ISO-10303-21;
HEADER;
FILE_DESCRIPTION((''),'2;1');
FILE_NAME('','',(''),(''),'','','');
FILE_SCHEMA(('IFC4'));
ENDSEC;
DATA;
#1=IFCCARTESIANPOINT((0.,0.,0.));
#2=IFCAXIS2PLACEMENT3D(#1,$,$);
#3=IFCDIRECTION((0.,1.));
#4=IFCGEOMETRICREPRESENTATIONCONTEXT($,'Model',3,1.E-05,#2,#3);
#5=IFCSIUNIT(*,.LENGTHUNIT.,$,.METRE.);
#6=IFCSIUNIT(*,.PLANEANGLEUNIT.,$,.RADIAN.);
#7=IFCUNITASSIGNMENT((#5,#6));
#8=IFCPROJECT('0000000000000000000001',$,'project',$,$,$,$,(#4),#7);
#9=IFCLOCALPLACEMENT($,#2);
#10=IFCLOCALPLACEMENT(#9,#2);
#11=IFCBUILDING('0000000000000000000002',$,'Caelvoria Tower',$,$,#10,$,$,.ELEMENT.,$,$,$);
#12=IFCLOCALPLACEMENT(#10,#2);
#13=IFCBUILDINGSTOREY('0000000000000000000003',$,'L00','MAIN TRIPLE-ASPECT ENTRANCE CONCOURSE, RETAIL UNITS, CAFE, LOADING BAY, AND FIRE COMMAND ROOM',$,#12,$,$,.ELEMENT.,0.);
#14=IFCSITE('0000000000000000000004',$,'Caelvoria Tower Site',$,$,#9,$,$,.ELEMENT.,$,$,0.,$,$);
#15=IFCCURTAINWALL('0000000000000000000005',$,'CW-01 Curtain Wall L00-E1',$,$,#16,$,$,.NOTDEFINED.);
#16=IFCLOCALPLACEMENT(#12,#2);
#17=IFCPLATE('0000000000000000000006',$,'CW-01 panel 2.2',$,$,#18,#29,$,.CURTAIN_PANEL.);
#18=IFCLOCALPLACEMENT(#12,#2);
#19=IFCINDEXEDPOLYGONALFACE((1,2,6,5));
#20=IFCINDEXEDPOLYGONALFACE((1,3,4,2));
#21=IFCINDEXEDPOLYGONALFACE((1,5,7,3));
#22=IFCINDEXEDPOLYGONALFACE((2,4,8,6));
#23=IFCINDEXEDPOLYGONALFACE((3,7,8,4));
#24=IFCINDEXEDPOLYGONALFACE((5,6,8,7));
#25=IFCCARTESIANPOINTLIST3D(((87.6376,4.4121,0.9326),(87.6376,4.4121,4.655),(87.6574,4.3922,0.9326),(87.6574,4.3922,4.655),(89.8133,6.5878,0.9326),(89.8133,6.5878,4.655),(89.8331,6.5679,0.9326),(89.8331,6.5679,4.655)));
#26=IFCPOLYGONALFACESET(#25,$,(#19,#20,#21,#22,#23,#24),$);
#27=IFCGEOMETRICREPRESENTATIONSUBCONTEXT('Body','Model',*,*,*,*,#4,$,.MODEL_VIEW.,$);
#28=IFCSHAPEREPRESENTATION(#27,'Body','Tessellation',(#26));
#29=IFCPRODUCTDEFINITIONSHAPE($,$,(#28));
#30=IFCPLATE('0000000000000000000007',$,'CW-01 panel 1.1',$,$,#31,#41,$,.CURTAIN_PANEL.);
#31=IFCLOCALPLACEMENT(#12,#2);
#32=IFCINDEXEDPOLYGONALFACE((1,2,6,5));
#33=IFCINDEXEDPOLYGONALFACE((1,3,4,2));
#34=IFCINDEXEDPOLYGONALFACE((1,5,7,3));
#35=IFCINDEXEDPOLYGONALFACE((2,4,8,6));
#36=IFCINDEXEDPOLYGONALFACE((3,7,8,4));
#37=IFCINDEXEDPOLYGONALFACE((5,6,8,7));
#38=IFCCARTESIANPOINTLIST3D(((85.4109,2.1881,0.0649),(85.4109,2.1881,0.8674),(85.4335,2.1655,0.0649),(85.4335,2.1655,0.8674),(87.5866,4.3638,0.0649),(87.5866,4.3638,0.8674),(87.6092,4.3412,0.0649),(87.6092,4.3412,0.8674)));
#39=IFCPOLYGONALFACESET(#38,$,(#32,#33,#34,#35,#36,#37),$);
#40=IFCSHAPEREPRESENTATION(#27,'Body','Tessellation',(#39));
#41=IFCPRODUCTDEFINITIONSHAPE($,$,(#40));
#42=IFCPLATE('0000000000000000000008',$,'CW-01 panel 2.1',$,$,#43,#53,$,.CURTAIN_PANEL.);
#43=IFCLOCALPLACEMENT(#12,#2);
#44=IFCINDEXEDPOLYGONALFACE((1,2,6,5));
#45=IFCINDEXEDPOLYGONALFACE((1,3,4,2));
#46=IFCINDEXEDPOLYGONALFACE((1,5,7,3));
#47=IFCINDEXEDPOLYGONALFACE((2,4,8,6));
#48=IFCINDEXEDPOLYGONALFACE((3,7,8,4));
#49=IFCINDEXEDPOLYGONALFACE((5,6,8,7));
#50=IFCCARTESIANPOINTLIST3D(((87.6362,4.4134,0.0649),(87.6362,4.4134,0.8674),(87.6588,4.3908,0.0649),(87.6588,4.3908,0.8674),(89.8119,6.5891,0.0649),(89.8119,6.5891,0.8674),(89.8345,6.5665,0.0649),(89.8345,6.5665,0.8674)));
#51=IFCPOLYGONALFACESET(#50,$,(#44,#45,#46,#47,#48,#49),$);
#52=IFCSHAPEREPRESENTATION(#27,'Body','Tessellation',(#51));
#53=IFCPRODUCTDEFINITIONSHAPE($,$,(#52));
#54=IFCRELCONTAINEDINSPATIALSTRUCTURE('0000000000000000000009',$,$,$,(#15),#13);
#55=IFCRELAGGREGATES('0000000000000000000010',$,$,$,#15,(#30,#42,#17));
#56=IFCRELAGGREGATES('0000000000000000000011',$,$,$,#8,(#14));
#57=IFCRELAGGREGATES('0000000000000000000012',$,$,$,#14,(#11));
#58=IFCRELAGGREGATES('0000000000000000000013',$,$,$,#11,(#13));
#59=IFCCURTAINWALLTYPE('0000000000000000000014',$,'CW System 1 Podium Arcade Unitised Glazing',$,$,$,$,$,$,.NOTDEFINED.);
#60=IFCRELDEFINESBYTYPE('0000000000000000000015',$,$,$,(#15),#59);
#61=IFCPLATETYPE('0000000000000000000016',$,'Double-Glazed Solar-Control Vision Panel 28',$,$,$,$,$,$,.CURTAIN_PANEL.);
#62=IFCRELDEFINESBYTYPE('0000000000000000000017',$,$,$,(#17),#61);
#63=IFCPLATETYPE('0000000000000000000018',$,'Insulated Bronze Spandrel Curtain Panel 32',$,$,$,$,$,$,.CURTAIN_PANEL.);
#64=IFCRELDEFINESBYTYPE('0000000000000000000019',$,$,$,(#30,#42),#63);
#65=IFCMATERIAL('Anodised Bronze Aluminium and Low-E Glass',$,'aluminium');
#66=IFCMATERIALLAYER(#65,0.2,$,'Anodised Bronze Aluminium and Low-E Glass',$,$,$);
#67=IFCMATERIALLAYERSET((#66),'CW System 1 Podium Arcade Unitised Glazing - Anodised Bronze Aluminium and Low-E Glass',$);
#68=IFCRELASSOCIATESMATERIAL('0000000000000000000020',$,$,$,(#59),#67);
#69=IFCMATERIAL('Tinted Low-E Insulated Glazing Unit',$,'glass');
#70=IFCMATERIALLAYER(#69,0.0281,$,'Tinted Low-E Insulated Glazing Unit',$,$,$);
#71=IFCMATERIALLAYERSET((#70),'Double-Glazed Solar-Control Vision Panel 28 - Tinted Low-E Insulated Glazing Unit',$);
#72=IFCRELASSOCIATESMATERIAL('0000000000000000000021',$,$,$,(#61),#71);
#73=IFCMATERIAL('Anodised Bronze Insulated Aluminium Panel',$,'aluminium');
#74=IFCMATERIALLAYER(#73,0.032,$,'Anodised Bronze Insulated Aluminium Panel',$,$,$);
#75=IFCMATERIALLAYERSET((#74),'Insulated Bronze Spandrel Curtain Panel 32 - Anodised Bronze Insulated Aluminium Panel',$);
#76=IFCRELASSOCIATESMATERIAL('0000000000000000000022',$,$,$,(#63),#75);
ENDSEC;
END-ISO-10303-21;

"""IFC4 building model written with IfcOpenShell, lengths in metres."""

from ifc_helpers import new_model, si_unit, direction, frame, origin, origin_2d, place, context, subcontext, project, spatial, rectangle, extrude, material, layer, layer_set, type_object, element, aggregate, save


model = new_model("IFC4")

# Units and contexts
model_context = context("Model", 3, precision=1e-05, world=origin(), true_north=direction((0.0, 1.0)))
body_context = subcontext(model_context, "Body", "Model", "MODEL_VIEW")
ifc_project = project(units=[si_unit("LENGTHUNIT", "METRE"), si_unit("PLANEANGLEUNIT", "RADIAN")], contexts=[model_context])

# Site, building, storey
site_placement = place(None, origin())
site = spatial("IfcSite", under=ifc_project, at=site_placement, Name="Caelvoria Tower Site", CompositionType="ELEMENT", RefElevation=0.0)
building_placement = place(site_placement, origin())
building = spatial("IfcBuilding", under=site, at=building_placement, Name="Caelvoria Tower", CompositionType="ELEMENT")
storey_placement = place(building_placement, origin())
storey = spatial("IfcBuildingStorey", under=building, at=storey_placement, Name="L00", Description="MAIN TRIPLE-ASPECT ENTRANCE CONCOURSE, RETAIL UNITS, CAFE, LOADING BAY, AND FIRE COMMAND ROOM", CompositionType="ELEMENT", Elevation=0.0)

# Curtain wall, plates
ifc_material_1 = material(Name="Anodised Bronze Aluminium and Low-E Glass", Category="aluminium")
ifc_layer_1 = layer(ifc_material_1, 0.2, Name="Anodised Bronze Aluminium and Low-E Glass")
ifc_layer_set_1 = layer_set([ifc_layer_1], Name="CW System 1 Podium Arcade Unitised Glazing - Anodised Bronze Aluminium and Low-E Glass")
curtain_wall_type = type_object("IfcCurtainWallType", Name="CW System 1 Podium Arcade Unitised Glazing", PredefinedType="NOTDEFINED", material=ifc_layer_set_1)
curtain_wall_placement = place(storey_placement, origin())
curtain_wall = element("IfcCurtainWall", 1, at=curtain_wall_placement, inside=storey, type_object=curtain_wall_type, Name="CW-01 Curtain Wall L00-E1", PredefinedType="NOTDEFINED")
ifc_material_2 = material(Name="Tinted Low-E Insulated Glazing Unit", Category="glass")
ifc_layer_2 = layer(ifc_material_2, 0.0281, Name="Tinted Low-E Insulated Glazing Unit")
ifc_layer_set_2 = layer_set([ifc_layer_2], Name="Double-Glazed Solar-Control Vision Panel 28 - Tinted Low-E Insulated Glazing Unit")
plate_type_1 = type_object("IfcPlateType", Name="Double-Glazed Solar-Control Vision Panel 28", PredefinedType="CURTAIN_PANEL", material=ifc_layer_set_2)
plate_1_placement = place(storey_placement, frame((88.7354, 5.49, 0.9326), z_axis=(0.0, 0.0, 1.0), x_axis=(0.707107, 0.707107, 0.0)))
plate_1 = element("IfcPlate", 2, at=plate_1_placement, type_object=plate_type_1, Name="CW-01 panel 2.2", PredefinedType="CURTAIN_PANEL", context=body_context, shape_type="SweptSolid", body=[
    extrude(rectangle(XDim=3.0769, YDim=0.0281, at=origin_2d()), origin(), (0.0, 0.0, 1.0), 3.7224),
])
ifc_material_3 = material(Name="Anodised Bronze Insulated Aluminium Panel", Category="aluminium")
ifc_layer_3 = layer(ifc_material_3, 0.032, Name="Anodised Bronze Insulated Aluminium Panel")
ifc_layer_set_3 = layer_set([ifc_layer_3], Name="Insulated Bronze Spandrel Curtain Panel 32 - Anodised Bronze Insulated Aluminium Panel")
plate_type_2 = type_object("IfcPlateType", Name="Insulated Bronze Spandrel Curtain Panel 32", PredefinedType="CURTAIN_PANEL", material=ifc_layer_set_3)
plate_2_placement = place(storey_placement, frame((86.51, 3.2646, 0.0649), z_axis=(0.0, 0.0, 1.0), x_axis=(0.707107, 0.707107, 0.0)))
plate_2 = element("IfcPlate", 3, at=plate_2_placement, type_object=plate_type_2, Name="CW-01 panel 1.1", PredefinedType="CURTAIN_PANEL", context=body_context, shape_type="SweptSolid", body=[
    extrude(rectangle(XDim=3.0769, YDim=0.032, at=origin_2d()), origin(), (0.0, 0.0, 1.0), 0.8025),
])
plate_3_placement = place(storey_placement, frame((88.7354, 5.49, 0.0649), z_axis=(0.0, 0.0, 1.0), x_axis=(0.707107, 0.707107, 0.0)))
plate_3 = element("IfcPlate", 4, at=plate_3_placement, type_object=plate_type_2, Name="CW-01 panel 2.1", PredefinedType="CURTAIN_PANEL", context=body_context, shape_type="SweptSolid", body=[
    extrude(rectangle(XDim=3.0769, YDim=0.032, at=origin_2d()), origin(), (0.0, 0.0, 1.0), 0.8025),
])
aggregate(curtain_wall, [plate_2, plate_3, plate_1])

save(model, "model.ifc")
